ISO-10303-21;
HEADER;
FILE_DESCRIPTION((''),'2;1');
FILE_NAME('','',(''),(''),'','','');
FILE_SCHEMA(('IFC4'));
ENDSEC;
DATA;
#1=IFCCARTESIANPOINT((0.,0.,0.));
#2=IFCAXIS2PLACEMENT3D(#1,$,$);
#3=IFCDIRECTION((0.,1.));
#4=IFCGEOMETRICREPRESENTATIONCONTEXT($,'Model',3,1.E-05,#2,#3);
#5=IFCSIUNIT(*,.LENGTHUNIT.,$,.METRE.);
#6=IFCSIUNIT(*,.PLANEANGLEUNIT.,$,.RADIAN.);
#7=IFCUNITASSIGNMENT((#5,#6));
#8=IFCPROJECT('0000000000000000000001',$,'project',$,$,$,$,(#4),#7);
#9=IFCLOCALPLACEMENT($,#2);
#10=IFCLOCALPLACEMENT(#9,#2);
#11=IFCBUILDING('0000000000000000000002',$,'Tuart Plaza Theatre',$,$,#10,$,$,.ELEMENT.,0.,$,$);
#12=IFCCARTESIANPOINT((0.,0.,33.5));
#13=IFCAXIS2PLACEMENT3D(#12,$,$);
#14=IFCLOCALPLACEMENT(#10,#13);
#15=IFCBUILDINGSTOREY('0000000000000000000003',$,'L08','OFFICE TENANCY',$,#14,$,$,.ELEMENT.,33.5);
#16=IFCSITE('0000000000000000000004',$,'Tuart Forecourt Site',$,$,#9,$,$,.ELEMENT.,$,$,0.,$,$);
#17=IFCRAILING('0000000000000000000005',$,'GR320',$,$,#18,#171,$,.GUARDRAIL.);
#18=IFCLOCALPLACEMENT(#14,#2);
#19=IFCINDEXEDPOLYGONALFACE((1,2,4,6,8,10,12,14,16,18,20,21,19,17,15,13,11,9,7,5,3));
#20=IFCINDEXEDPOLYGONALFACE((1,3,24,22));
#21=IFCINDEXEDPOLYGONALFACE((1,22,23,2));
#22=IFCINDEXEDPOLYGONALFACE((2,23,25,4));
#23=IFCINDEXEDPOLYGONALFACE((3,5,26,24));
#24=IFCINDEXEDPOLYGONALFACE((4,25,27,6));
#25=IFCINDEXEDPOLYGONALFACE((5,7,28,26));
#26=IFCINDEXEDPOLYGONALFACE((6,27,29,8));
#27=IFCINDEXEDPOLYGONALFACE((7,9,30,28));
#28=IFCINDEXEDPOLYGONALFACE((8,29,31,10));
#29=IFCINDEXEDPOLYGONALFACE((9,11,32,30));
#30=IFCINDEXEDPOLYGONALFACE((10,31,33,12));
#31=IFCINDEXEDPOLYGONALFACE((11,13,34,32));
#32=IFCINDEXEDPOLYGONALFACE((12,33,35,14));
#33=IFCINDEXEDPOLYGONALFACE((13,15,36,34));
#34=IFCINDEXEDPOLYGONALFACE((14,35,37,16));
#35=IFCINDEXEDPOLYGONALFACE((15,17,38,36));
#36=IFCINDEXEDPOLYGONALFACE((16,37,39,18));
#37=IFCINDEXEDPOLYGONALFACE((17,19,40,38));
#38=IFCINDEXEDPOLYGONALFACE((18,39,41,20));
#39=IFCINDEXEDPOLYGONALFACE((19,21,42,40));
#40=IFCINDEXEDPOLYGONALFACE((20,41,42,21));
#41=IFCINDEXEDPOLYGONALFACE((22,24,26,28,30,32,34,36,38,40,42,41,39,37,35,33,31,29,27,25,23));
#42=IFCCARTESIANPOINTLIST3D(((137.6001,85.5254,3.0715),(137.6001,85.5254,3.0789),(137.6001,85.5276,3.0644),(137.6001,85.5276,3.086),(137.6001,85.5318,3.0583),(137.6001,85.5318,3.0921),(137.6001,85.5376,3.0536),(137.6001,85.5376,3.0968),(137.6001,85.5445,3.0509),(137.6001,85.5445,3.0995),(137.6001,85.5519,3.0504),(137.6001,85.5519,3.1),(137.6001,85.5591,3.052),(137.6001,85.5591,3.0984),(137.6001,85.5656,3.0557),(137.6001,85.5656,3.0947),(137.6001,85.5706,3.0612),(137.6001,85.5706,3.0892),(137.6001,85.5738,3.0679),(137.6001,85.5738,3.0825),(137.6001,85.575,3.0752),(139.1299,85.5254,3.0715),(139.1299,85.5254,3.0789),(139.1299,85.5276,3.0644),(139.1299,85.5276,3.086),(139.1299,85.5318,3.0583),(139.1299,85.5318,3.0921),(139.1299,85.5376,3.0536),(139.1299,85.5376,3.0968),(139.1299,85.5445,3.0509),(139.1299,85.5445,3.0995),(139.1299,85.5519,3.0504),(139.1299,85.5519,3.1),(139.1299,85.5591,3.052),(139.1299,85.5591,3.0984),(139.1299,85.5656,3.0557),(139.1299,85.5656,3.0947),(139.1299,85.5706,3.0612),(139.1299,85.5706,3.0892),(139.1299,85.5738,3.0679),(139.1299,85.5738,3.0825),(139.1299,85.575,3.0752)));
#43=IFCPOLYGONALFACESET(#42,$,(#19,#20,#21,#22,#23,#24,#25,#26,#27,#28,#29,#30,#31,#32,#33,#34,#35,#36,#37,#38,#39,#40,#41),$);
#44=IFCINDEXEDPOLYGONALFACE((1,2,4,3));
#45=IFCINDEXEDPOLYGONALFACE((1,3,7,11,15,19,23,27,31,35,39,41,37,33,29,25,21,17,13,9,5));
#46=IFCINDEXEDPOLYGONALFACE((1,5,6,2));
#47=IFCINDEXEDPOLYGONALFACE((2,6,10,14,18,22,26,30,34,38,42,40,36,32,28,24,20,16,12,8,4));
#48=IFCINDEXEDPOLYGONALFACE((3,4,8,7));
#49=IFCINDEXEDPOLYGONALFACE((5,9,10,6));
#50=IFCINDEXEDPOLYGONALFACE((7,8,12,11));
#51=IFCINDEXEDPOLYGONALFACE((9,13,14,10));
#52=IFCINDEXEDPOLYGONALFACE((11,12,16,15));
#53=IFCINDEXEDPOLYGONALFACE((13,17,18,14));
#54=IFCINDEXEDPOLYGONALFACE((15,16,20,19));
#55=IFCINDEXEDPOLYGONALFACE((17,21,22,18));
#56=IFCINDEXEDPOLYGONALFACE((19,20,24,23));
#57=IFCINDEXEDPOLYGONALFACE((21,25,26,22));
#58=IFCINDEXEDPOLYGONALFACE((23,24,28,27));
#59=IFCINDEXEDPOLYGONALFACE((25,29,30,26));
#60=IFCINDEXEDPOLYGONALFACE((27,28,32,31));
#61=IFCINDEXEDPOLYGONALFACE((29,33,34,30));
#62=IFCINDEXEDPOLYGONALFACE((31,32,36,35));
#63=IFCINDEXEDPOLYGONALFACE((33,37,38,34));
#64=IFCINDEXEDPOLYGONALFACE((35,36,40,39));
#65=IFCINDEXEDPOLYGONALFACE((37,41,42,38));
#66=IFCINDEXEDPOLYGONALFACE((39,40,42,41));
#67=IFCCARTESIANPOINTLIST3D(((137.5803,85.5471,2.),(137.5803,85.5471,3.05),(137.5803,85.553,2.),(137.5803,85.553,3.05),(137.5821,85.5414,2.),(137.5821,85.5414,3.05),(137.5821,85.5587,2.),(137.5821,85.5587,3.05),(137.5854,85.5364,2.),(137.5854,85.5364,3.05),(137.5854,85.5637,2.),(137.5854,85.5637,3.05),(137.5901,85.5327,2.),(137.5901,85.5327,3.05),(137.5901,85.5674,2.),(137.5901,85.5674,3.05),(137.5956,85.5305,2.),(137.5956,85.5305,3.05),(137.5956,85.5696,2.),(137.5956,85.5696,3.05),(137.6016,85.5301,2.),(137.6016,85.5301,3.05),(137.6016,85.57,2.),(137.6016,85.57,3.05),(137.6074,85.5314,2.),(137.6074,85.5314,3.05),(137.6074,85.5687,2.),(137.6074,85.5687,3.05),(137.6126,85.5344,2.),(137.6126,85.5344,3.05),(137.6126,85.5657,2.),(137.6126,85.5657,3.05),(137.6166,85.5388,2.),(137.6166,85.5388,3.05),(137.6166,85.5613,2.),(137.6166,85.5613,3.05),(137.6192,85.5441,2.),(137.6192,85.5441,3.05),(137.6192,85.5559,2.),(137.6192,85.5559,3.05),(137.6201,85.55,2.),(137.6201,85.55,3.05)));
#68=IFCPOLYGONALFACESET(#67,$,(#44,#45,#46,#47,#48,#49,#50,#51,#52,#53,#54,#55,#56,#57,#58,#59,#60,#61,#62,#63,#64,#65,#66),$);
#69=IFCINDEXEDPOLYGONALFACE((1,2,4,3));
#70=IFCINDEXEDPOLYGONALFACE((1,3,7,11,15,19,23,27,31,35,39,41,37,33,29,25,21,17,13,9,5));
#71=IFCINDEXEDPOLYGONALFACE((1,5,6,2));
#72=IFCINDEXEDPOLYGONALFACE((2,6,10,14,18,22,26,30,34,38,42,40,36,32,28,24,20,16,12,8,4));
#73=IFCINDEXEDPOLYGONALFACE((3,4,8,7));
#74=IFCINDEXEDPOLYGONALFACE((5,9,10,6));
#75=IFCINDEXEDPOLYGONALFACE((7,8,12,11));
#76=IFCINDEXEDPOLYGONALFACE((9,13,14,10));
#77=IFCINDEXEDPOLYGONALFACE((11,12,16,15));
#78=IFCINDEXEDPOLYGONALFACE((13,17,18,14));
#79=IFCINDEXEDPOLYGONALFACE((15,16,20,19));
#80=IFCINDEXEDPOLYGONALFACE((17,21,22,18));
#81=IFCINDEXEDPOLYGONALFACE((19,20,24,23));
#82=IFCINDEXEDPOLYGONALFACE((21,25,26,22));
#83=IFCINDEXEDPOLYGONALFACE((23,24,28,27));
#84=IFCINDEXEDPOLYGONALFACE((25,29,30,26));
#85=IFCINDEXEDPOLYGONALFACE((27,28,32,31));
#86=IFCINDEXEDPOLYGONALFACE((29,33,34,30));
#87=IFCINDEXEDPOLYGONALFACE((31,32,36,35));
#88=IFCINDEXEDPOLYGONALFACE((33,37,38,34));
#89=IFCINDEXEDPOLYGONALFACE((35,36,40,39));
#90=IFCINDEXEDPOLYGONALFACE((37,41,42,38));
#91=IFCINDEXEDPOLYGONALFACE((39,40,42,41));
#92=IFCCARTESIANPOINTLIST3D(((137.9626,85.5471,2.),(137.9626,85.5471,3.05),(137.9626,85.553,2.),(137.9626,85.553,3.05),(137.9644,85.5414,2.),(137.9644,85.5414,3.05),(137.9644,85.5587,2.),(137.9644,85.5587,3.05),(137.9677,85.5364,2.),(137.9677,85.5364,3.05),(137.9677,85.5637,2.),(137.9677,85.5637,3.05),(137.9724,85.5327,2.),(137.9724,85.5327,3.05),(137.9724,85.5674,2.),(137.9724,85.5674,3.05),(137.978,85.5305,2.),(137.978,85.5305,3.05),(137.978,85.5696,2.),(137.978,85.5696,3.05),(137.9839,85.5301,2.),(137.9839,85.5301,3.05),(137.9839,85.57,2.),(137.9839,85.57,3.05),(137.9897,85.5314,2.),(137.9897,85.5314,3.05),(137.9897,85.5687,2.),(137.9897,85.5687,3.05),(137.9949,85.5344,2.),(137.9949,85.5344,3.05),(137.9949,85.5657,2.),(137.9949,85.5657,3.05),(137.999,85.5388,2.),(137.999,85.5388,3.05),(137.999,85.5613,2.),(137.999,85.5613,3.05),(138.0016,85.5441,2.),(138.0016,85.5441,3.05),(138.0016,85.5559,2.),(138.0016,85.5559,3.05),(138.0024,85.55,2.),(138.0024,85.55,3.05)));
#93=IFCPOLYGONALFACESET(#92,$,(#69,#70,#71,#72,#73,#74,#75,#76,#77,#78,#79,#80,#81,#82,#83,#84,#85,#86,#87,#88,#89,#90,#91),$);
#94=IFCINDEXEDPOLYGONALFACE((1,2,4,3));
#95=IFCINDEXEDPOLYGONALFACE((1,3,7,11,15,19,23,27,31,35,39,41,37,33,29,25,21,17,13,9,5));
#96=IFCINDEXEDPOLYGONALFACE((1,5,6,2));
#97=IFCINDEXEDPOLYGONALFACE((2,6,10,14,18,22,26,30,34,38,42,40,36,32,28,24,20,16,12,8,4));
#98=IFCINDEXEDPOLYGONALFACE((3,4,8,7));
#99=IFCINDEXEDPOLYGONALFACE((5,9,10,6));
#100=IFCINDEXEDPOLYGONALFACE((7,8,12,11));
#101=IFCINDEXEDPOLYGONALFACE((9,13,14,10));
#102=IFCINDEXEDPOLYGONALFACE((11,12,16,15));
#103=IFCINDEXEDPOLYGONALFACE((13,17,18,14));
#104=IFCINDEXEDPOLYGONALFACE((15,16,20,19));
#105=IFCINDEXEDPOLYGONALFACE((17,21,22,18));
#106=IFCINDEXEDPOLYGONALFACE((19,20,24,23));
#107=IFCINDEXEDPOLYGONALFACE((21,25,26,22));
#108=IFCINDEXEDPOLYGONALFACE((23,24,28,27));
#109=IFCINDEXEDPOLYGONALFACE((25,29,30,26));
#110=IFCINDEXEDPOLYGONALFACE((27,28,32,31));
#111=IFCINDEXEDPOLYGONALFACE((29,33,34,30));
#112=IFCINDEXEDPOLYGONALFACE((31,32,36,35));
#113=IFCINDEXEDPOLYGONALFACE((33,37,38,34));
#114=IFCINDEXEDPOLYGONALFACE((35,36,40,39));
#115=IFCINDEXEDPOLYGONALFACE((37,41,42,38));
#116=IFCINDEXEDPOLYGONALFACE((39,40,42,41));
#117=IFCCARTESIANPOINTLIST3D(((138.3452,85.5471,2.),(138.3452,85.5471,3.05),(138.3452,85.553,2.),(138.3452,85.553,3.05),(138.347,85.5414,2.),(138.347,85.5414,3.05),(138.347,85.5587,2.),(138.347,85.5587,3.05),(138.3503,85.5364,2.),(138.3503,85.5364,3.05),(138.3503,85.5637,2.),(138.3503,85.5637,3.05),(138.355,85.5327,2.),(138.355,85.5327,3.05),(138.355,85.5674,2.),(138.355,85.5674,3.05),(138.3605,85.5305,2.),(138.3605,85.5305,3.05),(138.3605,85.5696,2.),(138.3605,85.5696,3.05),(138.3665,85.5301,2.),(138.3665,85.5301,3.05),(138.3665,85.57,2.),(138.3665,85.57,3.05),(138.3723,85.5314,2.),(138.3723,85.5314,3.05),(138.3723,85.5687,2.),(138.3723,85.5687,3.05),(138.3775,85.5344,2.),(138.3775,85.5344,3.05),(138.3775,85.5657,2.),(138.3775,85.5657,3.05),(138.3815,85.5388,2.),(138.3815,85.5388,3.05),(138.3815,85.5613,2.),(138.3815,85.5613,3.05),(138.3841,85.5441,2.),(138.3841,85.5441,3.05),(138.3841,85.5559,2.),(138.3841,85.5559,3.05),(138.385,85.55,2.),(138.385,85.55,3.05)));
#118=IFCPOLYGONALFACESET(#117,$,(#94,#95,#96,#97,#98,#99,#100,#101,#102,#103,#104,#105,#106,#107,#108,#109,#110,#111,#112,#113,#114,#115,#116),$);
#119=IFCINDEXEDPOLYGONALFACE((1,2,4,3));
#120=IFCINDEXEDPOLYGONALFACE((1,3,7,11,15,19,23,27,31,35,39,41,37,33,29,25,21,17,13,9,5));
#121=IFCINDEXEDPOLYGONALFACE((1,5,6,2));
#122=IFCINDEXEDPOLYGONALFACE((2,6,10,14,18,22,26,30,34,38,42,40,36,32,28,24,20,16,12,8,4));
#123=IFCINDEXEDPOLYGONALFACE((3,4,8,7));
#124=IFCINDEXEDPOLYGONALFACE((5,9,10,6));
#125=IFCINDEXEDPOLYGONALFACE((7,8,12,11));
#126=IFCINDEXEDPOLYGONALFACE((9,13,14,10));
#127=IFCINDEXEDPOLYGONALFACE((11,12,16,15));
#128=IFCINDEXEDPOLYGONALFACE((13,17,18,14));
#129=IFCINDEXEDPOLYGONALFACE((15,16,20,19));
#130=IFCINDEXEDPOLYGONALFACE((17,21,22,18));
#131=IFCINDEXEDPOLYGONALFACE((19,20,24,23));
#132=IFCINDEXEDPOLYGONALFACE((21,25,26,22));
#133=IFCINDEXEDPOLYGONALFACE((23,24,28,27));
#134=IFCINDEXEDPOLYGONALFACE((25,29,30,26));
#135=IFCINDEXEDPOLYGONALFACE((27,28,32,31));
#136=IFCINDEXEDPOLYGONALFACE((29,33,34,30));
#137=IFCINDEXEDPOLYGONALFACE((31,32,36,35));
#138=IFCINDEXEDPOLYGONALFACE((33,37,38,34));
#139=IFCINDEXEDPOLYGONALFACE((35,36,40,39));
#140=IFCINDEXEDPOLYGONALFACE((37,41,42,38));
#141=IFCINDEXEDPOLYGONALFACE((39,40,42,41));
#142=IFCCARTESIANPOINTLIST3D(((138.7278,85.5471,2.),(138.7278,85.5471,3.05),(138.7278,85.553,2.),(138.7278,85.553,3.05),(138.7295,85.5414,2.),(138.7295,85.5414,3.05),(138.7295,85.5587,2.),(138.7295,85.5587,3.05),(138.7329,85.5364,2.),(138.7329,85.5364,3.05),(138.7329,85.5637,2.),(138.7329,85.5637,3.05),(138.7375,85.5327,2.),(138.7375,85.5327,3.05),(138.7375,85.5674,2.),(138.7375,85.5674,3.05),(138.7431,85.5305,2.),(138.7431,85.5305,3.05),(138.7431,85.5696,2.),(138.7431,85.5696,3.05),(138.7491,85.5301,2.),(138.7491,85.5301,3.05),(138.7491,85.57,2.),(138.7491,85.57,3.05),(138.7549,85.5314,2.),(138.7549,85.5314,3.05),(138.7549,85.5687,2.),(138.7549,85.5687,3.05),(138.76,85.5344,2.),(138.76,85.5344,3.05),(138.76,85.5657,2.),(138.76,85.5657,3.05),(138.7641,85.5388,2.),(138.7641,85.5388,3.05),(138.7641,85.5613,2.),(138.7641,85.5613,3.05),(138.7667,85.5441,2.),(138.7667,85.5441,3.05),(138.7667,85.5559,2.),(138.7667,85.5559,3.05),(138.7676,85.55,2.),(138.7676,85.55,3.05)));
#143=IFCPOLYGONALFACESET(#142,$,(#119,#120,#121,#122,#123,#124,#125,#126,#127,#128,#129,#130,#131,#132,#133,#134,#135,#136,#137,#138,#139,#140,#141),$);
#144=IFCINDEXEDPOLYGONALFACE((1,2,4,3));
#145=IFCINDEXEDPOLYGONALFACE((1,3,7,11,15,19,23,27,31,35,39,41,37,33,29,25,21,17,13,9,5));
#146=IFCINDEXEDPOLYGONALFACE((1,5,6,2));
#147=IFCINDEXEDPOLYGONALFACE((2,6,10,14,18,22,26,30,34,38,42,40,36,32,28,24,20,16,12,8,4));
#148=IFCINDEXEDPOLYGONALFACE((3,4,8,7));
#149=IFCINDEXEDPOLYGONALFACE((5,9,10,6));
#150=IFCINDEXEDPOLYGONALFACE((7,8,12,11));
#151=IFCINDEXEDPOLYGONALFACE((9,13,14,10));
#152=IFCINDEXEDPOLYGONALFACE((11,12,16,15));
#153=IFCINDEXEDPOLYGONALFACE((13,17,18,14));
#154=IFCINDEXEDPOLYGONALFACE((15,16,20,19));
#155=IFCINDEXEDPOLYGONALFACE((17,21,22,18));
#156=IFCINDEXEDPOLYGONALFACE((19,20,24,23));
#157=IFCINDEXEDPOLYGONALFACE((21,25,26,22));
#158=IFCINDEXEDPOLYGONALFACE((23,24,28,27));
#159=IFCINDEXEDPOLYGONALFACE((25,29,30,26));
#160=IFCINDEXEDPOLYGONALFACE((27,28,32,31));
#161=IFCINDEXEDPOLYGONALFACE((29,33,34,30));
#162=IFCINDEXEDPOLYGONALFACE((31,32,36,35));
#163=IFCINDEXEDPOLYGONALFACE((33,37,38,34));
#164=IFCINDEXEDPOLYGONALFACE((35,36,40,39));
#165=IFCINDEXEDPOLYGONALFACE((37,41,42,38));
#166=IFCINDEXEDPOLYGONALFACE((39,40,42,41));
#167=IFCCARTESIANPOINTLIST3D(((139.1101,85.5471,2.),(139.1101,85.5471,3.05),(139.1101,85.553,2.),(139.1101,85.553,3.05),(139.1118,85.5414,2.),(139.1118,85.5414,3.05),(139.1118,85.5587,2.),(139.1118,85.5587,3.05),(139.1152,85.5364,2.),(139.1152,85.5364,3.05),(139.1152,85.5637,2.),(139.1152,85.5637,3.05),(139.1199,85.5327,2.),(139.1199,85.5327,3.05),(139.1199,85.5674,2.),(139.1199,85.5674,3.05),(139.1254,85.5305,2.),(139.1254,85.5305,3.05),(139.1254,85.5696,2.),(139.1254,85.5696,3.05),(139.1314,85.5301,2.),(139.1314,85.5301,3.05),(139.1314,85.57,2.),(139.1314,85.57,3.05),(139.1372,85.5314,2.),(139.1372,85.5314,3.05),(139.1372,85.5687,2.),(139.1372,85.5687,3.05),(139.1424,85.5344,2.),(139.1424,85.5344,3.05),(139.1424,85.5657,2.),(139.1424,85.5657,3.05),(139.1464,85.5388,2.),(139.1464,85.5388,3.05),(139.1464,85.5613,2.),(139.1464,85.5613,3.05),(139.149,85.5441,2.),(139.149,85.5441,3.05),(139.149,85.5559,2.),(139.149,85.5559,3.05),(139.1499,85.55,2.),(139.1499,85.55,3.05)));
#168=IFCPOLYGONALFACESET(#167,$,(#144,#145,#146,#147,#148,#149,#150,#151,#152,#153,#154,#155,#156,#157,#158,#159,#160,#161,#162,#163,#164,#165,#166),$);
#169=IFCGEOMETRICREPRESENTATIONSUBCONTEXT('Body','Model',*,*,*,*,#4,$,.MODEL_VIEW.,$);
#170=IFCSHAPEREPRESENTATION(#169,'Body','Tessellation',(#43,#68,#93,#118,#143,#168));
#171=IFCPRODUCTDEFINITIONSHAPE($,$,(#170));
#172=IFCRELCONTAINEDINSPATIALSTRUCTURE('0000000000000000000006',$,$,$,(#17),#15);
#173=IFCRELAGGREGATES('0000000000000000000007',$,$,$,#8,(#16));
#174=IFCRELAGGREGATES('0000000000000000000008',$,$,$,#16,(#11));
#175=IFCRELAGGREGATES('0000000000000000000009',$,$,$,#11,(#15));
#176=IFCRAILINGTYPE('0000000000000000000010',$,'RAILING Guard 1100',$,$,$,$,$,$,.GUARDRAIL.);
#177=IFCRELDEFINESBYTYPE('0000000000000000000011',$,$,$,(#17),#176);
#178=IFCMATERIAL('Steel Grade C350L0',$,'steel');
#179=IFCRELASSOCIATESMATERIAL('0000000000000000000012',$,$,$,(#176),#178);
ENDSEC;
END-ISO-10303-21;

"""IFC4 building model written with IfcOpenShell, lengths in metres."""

from ifc_helpers import new_model, si_unit, direction, frame, origin, origin_2d, place, context, subcontext, project, spatial, circle, extrude, material, type_object, element, save


model = new_model("IFC4")

# Units and contexts
model_context = context("Model", 3, precision=1e-05, world=origin(), true_north=direction((0.0, 1.0)))
body_context = subcontext(model_context, "Body", "Model", "MODEL_VIEW")
ifc_project = project(units=[si_unit("LENGTHUNIT", "METRE"), si_unit("PLANEANGLEUNIT", "RADIAN")], contexts=[model_context])

# Site, building, storey
site_placement = place(None, origin())
site = spatial("IfcSite", under=ifc_project, at=site_placement, Name="Tuart Forecourt Site", CompositionType="ELEMENT", RefElevation=0.0)
building_placement = place(site_placement, origin())
building = spatial("IfcBuilding", under=site, at=building_placement, Name="Tuart Plaza Theatre", CompositionType="ELEMENT", ElevationOfRefHeight=0.0)
storey_placement = place(building_placement, frame((0.0, 0.0, 33.5)))
storey = spatial("IfcBuildingStorey", under=building, at=storey_placement, Name="L08", Description="OFFICE TENANCY", CompositionType="ELEMENT", Elevation=33.5)

# Railing
ifc_material_1 = material(Name="Steel Grade C350L0", Category="steel")
railing_type_1 = type_object("IfcRailingType", Name="RAILING Guard 1100", PredefinedType="GUARDRAIL", material=ifc_material_1)
railing_1_placement = place(storey_placement, frame((137.6001, 85.55, 2.0)))
element("IfcRailing", 1, at=railing_1_placement, inside=storey, type_object=railing_type_1, Name="GR320", PredefinedType="GUARDRAIL", context=body_context, shape_type="SweptSolid", body=[
    extrude(circle(Radius=0.0249, at=origin_2d()), frame((0.0, 0.0, 1.0752), z_axis=(1.0, 0.0, 0.0), x_axis=(0.0, 1.0, 0.0)), (0.0, 0.0, 1.0), 1.5298),
    extrude(circle(Radius=0.02, at=origin_2d()), origin(), (0.0, 0.0, 1.0), 1.05),
    extrude(circle(Radius=0.02, at=origin_2d()), frame((0.3823, 0.0, 0.0)), (0.0, 0.0, 1.0), 1.05),
    extrude(circle(Radius=0.02, at=origin_2d()), frame((0.7649, 0.0, 0.0)), (0.0, 0.0, 1.0), 1.05),
    extrude(circle(Radius=0.02, at=origin_2d()), frame((1.1475, 0.0, 0.0)), (0.0, 0.0, 1.0), 1.05),
    extrude(circle(Radius=0.02, at=origin_2d()), frame((1.5298, 0.0, 0.0)), (0.0, 0.0, 1.0), 1.05),
])

save(model, "model.ifc")
